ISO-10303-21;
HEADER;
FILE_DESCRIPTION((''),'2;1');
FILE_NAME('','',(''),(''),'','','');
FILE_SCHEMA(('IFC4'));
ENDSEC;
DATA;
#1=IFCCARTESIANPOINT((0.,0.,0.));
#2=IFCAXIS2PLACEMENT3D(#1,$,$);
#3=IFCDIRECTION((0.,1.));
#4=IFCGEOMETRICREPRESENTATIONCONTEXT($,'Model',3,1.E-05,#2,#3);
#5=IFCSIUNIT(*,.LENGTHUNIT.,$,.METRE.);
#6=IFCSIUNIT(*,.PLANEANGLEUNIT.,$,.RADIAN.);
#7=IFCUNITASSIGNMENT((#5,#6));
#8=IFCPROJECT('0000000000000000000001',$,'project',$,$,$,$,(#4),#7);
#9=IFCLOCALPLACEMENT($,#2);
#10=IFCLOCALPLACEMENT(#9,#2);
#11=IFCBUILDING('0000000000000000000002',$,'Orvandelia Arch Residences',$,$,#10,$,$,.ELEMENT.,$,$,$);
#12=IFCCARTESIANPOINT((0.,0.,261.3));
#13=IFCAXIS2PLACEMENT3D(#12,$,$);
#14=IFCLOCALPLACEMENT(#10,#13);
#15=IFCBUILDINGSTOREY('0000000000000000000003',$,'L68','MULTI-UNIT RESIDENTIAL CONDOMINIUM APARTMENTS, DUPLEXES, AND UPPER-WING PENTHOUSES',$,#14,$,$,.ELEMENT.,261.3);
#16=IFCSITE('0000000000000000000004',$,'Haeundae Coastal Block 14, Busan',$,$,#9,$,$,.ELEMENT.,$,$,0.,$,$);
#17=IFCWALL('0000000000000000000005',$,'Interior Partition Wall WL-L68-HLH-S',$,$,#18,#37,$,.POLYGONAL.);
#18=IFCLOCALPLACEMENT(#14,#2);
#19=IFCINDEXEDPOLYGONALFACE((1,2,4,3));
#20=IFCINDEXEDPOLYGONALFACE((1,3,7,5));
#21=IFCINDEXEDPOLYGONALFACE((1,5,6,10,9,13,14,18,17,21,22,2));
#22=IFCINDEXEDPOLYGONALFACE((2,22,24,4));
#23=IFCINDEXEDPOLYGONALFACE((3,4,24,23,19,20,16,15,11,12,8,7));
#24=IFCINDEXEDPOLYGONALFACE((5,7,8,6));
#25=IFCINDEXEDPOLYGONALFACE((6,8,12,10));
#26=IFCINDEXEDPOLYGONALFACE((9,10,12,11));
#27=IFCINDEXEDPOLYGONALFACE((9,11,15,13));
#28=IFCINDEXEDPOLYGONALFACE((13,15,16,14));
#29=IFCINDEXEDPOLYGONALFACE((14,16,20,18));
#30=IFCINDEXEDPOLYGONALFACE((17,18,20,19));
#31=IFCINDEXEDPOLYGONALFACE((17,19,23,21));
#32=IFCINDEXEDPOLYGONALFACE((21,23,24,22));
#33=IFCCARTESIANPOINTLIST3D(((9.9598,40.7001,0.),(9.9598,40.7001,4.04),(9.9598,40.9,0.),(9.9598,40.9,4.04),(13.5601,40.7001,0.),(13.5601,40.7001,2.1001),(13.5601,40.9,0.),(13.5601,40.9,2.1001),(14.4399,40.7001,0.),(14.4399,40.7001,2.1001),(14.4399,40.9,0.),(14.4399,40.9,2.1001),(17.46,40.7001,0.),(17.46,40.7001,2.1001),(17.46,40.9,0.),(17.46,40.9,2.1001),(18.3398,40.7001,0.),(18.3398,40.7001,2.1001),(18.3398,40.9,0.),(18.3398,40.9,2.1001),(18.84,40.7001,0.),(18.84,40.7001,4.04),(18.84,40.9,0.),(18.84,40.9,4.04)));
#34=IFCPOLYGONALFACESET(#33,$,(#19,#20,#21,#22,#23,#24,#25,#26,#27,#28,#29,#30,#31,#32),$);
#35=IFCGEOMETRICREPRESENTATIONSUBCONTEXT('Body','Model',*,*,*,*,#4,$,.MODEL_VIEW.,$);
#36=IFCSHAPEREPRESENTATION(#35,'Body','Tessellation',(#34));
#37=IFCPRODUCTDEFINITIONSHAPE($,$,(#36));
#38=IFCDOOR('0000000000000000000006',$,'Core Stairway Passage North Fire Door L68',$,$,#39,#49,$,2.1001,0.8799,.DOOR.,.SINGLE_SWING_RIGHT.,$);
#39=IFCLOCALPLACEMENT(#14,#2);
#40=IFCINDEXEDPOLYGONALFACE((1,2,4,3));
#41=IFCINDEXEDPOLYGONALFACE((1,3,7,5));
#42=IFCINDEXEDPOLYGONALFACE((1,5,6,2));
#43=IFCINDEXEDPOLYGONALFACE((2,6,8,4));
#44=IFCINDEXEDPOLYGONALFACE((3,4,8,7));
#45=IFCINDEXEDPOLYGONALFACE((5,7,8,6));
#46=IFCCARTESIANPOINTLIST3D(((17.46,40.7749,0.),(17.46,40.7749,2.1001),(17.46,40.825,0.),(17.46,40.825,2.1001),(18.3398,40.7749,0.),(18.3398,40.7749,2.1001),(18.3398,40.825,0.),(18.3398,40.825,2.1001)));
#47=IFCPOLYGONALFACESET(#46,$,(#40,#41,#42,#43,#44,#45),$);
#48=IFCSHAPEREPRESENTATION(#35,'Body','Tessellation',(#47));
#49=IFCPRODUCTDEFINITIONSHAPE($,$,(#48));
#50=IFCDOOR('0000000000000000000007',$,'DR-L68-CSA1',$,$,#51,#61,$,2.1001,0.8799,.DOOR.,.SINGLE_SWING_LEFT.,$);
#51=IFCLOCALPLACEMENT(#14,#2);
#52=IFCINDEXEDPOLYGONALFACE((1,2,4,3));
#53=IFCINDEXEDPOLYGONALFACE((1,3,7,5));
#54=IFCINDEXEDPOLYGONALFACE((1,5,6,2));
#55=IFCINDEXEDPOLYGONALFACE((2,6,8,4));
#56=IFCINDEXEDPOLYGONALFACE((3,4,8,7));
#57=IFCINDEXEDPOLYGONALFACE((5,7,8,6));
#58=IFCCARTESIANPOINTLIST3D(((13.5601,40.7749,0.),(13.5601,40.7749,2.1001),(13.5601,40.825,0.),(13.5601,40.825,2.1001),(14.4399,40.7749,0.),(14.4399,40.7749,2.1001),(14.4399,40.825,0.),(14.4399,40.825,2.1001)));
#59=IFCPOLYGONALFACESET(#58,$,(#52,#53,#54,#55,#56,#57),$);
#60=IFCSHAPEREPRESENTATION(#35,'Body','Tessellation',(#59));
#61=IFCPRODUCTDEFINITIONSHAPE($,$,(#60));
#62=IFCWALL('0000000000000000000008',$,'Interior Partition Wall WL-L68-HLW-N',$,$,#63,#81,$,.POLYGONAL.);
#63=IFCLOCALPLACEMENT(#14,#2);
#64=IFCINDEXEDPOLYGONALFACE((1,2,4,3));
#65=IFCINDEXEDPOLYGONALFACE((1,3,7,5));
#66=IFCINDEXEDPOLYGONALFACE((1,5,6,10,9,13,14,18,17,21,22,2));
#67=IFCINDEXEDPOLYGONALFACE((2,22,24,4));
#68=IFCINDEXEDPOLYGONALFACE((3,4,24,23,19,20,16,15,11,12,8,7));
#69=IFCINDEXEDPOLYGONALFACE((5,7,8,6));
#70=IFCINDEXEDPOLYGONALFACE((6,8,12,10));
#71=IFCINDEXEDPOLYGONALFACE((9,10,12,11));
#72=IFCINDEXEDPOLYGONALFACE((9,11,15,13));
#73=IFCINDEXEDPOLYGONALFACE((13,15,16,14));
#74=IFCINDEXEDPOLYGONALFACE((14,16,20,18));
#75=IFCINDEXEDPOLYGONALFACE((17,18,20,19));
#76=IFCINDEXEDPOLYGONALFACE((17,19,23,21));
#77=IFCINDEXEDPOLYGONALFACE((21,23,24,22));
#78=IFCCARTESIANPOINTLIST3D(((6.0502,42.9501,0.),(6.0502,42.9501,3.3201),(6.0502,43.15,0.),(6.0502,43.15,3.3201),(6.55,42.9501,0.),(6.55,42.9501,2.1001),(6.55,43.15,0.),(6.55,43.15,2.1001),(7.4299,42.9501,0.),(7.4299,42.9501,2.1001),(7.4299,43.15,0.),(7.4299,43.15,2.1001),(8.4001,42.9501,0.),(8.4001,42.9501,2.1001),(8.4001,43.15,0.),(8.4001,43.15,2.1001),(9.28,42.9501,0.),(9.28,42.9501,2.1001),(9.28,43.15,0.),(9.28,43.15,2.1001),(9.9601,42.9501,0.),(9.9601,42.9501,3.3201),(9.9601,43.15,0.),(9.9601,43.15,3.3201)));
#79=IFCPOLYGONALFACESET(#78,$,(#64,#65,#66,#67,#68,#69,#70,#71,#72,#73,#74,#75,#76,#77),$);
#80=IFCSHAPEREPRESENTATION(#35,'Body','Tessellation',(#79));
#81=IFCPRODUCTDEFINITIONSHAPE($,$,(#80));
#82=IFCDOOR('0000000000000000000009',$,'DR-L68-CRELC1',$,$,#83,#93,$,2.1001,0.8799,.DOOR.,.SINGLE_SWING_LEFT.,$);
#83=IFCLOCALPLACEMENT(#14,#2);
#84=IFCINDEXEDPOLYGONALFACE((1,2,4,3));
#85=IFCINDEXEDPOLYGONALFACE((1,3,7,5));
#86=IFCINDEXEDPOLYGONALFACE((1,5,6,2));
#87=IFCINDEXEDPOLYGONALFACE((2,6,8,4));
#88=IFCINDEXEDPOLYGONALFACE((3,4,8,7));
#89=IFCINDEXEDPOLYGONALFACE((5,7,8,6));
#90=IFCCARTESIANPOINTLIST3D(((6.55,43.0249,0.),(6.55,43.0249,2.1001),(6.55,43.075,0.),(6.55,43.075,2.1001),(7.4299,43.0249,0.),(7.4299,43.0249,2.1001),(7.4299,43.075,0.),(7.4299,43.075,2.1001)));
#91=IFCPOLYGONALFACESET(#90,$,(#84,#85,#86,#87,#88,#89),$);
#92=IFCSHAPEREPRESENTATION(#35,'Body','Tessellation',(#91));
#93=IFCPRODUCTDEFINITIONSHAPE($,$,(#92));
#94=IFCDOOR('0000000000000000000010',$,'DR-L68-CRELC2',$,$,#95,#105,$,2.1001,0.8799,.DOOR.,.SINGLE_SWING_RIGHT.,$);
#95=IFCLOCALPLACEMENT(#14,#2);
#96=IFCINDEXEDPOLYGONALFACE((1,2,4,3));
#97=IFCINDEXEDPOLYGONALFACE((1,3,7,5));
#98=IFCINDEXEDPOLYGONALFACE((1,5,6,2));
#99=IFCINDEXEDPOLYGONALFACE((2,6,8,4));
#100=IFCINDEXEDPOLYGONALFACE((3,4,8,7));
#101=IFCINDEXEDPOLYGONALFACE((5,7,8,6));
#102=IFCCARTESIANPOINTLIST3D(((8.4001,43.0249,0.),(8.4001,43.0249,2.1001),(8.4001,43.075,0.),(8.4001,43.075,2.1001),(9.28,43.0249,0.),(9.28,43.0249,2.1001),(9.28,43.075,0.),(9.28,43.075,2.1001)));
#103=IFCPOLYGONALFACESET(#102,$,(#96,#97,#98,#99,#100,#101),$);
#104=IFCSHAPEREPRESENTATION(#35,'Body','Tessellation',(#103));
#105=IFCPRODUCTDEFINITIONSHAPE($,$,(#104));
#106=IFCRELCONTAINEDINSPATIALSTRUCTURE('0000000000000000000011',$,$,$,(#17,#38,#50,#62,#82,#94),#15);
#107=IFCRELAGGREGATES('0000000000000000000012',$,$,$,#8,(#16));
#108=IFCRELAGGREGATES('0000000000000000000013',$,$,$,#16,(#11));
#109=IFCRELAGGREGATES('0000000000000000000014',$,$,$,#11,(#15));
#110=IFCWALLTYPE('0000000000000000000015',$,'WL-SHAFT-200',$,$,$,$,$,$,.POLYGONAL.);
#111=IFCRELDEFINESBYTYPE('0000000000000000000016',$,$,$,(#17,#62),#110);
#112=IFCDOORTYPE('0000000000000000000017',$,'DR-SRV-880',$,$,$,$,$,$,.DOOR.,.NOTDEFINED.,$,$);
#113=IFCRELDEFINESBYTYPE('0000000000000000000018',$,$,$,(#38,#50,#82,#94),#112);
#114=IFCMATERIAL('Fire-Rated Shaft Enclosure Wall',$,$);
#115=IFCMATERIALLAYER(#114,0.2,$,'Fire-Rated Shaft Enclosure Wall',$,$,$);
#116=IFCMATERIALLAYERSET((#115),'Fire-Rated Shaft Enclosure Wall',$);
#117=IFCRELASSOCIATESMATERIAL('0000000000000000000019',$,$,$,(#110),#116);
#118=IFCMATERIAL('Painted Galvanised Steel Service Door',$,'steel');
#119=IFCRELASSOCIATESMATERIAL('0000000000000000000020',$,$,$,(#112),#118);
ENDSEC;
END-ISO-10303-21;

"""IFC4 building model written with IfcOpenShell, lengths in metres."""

from ifc_helpers import new_model, si_unit, direction, frame, frame_2d, origin, place, context, subcontext, project, spatial, rectangle, extrude, material, layer, layer_set, type_object, element, fill, save


model = new_model("IFC4")

# Units and contexts
model_context = context("Model", 3, precision=1e-05, world=origin(), true_north=direction((0.0, 1.0)))
body_context = subcontext(model_context, "Body", "Model", "MODEL_VIEW")
ifc_project = project(units=[si_unit("LENGTHUNIT", "METRE"), si_unit("PLANEANGLEUNIT", "RADIAN")], contexts=[model_context])

# Site, building, storey
site_placement = place(None, origin())
site = spatial("IfcSite", under=ifc_project, at=site_placement, Name="Haeundae Coastal Block 14, Busan", CompositionType="ELEMENT", RefElevation=0.0)
building_placement = place(site_placement, origin())
building = spatial("IfcBuilding", under=site, at=building_placement, Name="Orvandelia Arch Residences", CompositionType="ELEMENT")
storey_placement = place(building_placement, frame((0.0, 0.0, 261.3)))
storey = spatial("IfcBuildingStorey", under=building, at=storey_placement, Name="L68", Description="MULTI-UNIT RESIDENTIAL CONDOMINIUM APARTMENTS, DUPLEXES, AND UPPER-WING PENTHOUSES", CompositionType="ELEMENT", Elevation=261.3)

# Walls, openings, doors
ifc_material_1 = material(Name="Fire-Rated Shaft Enclosure Wall")
ifc_layer_1 = layer(ifc_material_1, 0.2, Name="Fire-Rated Shaft Enclosure Wall")
ifc_layer_set_1 = layer_set([ifc_layer_1], Name="Fire-Rated Shaft Enclosure Wall")
wall_type_1 = type_object("IfcWallType", Name="WL-SHAFT-200", PredefinedType="POLYGONAL", material=ifc_layer_set_1)
wall_1_placement = place(storey_placement, frame((9.96, 40.8, 0.0), z_axis=(0.0, 0.0, 1.0), x_axis=(1.0, 0.0, 0.0)))
wall_1 = element("IfcWall", 1, at=wall_1_placement, inside=storey, type_object=wall_type_1, Name="Interior Partition Wall WL-L68-HLH-S", PredefinedType="POLYGONAL", context=body_context, shape_type="SweptSolid", body=[
    extrude(rectangle(XDim=8.8801, YDim=0.2, at=frame_2d((4.4399, 0.0))), origin(), (0.0, 0.0, 1.0), 4.04),
])
opening_1_placement = place(wall_1_placement, frame((7.5, 0.0, 0.0)))
opening_1 = element("IfcOpeningElement", 2, at=opening_1_placement, cuts=wall_1, PredefinedType="OPENING", context=body_context, shape_type="SweptSolid", body=[
    extrude(rectangle(XDim=0.8799, YDim=2.1001, at=frame_2d((0.4399, 1.05))), frame((0.0, 0.1099, 0.0), z_axis=(0.0, -1.0, 0.0), x_axis=(1.0, 0.0, 0.0)), (0.0, 0.0, 1.0), 0.22),
])
opening_2_placement = place(wall_1_placement, frame((3.6001, 0.0, 0.0)))
opening_2 = element("IfcOpeningElement", 3, at=opening_2_placement, cuts=wall_1, PredefinedType="OPENING", context=body_context, shape_type="SweptSolid", body=[
    extrude(rectangle(XDim=0.8799, YDim=2.1001, at=frame_2d((0.4399, 1.05))), frame((0.0, 0.1099, 0.0), z_axis=(0.0, -1.0, 0.0), x_axis=(1.0, 0.0, 0.0)), (0.0, 0.0, 1.0), 0.22),
])
ifc_material_2 = material(Name="Painted Galvanised Steel Service Door", Category="steel")
door_type_1 = type_object("IfcDoorType", Name="DR-SRV-880", OperationType="NOTDEFINED", PredefinedType="DOOR", material=ifc_material_2)
door_1_placement = place(opening_1_placement, origin())
door_1 = element("IfcDoor", 4, at=door_1_placement, inside=storey, type_object=door_type_1, Name="Core Stairway Passage North Fire Door L68", OperationType="SINGLE_SWING_RIGHT", OverallHeight=2.1001, OverallWidth=0.8799, PredefinedType="DOOR", context=body_context, shape_type="SweptSolid", body=[
    extrude(rectangle(XDim=0.8799, YDim=2.1001, at=frame_2d((0.4399, 1.05))), frame((0.0, 0.0249, 0.0), z_axis=(0.0, -1.0, 0.0), x_axis=(1.0, 0.0, 0.0)), (0.0, 0.0, 1.0), 0.05),
])
fill(opening_1, door_1)
door_2_placement = place(opening_2_placement, origin())
door_2 = element("IfcDoor", 5, at=door_2_placement, inside=storey, type_object=door_type_1, Name="DR-L68-CSA1", OperationType="SINGLE_SWING_LEFT", OverallHeight=2.1001, OverallWidth=0.8799, PredefinedType="DOOR", context=body_context, shape_type="SweptSolid", body=[
    extrude(rectangle(XDim=0.8799, YDim=2.1001, at=frame_2d((0.4399, 1.05))), frame((0.0, 0.0249, 0.0), z_axis=(0.0, -1.0, 0.0), x_axis=(1.0, 0.0, 0.0)), (0.0, 0.0, 1.0), 0.05),
])
fill(opening_2, door_2)
wall_2_placement = place(storey_placement, frame((6.05, 43.05, 0.0), z_axis=(0.0, 0.0, 1.0), x_axis=(1.0, 0.0, 0.0)))
wall_2 = element("IfcWall", 6, at=wall_2_placement, inside=storey, type_object=wall_type_1, Name="Interior Partition Wall WL-L68-HLW-N", PredefinedType="POLYGONAL", context=body_context, shape_type="SweptSolid", body=[
    extrude(rectangle(XDim=3.9099, YDim=0.2, at=frame_2d((1.9551, 0.0))), origin(), (0.0, 0.0, 1.0), 3.3201),
])
opening_3_placement = place(wall_2_placement, frame((0.5, 0.0, 0.0)))
opening_3 = element("IfcOpeningElement", 7, at=opening_3_placement, cuts=wall_2, PredefinedType="OPENING", context=body_context, shape_type="SweptSolid", body=[
    extrude(rectangle(XDim=0.8799, YDim=2.1001, at=frame_2d((0.4399, 1.05))), frame((0.0, 0.1099, 0.0), z_axis=(0.0, -1.0, 0.0), x_axis=(1.0, 0.0, 0.0)), (0.0, 0.0, 1.0), 0.22),
])
opening_4_placement = place(wall_2_placement, frame((2.3501, 0.0, 0.0)))
opening_4 = element("IfcOpeningElement", 8, at=opening_4_placement, cuts=wall_2, PredefinedType="OPENING", context=body_context, shape_type="SweptSolid", body=[
    extrude(rectangle(XDim=0.8799, YDim=2.1001, at=frame_2d((0.4399, 1.05))), frame((0.0, 0.1099, 0.0), z_axis=(0.0, -1.0, 0.0), x_axis=(1.0, 0.0, 0.0)), (0.0, 0.0, 1.0), 0.22),
])
door_3_placement = place(opening_3_placement, origin())
door_3 = element("IfcDoor", 9, at=door_3_placement, inside=storey, type_object=door_type_1, Name="DR-L68-CRELC1", OperationType="SINGLE_SWING_LEFT", OverallHeight=2.1001, OverallWidth=0.8799, PredefinedType="DOOR", context=body_context, shape_type="SweptSolid", body=[
    extrude(rectangle(XDim=0.8799, YDim=2.1001, at=frame_2d((0.4399, 1.05))), frame((0.0, 0.0249, 0.0), z_axis=(0.0, -1.0, 0.0), x_axis=(1.0, 0.0, 0.0)), (0.0, 0.0, 1.0), 0.05),
])
fill(opening_3, door_3)
door_4_placement = place(opening_4_placement, origin())
door_4 = element("IfcDoor", 10, at=door_4_placement, inside=storey, type_object=door_type_1, Name="DR-L68-CRELC2", OperationType="SINGLE_SWING_RIGHT", OverallHeight=2.1001, OverallWidth=0.8799, PredefinedType="DOOR", context=body_context, shape_type="SweptSolid", body=[
    extrude(rectangle(XDim=0.8799, YDim=2.1001, at=frame_2d((0.4399, 1.05))), frame((0.0, 0.0249, 0.0), z_axis=(0.0, -1.0, 0.0), x_axis=(1.0, 0.0, 0.0)), (0.0, 0.0, 1.0), 0.05),
])
fill(opening_4, door_4)

save(model, "model.ifc")
